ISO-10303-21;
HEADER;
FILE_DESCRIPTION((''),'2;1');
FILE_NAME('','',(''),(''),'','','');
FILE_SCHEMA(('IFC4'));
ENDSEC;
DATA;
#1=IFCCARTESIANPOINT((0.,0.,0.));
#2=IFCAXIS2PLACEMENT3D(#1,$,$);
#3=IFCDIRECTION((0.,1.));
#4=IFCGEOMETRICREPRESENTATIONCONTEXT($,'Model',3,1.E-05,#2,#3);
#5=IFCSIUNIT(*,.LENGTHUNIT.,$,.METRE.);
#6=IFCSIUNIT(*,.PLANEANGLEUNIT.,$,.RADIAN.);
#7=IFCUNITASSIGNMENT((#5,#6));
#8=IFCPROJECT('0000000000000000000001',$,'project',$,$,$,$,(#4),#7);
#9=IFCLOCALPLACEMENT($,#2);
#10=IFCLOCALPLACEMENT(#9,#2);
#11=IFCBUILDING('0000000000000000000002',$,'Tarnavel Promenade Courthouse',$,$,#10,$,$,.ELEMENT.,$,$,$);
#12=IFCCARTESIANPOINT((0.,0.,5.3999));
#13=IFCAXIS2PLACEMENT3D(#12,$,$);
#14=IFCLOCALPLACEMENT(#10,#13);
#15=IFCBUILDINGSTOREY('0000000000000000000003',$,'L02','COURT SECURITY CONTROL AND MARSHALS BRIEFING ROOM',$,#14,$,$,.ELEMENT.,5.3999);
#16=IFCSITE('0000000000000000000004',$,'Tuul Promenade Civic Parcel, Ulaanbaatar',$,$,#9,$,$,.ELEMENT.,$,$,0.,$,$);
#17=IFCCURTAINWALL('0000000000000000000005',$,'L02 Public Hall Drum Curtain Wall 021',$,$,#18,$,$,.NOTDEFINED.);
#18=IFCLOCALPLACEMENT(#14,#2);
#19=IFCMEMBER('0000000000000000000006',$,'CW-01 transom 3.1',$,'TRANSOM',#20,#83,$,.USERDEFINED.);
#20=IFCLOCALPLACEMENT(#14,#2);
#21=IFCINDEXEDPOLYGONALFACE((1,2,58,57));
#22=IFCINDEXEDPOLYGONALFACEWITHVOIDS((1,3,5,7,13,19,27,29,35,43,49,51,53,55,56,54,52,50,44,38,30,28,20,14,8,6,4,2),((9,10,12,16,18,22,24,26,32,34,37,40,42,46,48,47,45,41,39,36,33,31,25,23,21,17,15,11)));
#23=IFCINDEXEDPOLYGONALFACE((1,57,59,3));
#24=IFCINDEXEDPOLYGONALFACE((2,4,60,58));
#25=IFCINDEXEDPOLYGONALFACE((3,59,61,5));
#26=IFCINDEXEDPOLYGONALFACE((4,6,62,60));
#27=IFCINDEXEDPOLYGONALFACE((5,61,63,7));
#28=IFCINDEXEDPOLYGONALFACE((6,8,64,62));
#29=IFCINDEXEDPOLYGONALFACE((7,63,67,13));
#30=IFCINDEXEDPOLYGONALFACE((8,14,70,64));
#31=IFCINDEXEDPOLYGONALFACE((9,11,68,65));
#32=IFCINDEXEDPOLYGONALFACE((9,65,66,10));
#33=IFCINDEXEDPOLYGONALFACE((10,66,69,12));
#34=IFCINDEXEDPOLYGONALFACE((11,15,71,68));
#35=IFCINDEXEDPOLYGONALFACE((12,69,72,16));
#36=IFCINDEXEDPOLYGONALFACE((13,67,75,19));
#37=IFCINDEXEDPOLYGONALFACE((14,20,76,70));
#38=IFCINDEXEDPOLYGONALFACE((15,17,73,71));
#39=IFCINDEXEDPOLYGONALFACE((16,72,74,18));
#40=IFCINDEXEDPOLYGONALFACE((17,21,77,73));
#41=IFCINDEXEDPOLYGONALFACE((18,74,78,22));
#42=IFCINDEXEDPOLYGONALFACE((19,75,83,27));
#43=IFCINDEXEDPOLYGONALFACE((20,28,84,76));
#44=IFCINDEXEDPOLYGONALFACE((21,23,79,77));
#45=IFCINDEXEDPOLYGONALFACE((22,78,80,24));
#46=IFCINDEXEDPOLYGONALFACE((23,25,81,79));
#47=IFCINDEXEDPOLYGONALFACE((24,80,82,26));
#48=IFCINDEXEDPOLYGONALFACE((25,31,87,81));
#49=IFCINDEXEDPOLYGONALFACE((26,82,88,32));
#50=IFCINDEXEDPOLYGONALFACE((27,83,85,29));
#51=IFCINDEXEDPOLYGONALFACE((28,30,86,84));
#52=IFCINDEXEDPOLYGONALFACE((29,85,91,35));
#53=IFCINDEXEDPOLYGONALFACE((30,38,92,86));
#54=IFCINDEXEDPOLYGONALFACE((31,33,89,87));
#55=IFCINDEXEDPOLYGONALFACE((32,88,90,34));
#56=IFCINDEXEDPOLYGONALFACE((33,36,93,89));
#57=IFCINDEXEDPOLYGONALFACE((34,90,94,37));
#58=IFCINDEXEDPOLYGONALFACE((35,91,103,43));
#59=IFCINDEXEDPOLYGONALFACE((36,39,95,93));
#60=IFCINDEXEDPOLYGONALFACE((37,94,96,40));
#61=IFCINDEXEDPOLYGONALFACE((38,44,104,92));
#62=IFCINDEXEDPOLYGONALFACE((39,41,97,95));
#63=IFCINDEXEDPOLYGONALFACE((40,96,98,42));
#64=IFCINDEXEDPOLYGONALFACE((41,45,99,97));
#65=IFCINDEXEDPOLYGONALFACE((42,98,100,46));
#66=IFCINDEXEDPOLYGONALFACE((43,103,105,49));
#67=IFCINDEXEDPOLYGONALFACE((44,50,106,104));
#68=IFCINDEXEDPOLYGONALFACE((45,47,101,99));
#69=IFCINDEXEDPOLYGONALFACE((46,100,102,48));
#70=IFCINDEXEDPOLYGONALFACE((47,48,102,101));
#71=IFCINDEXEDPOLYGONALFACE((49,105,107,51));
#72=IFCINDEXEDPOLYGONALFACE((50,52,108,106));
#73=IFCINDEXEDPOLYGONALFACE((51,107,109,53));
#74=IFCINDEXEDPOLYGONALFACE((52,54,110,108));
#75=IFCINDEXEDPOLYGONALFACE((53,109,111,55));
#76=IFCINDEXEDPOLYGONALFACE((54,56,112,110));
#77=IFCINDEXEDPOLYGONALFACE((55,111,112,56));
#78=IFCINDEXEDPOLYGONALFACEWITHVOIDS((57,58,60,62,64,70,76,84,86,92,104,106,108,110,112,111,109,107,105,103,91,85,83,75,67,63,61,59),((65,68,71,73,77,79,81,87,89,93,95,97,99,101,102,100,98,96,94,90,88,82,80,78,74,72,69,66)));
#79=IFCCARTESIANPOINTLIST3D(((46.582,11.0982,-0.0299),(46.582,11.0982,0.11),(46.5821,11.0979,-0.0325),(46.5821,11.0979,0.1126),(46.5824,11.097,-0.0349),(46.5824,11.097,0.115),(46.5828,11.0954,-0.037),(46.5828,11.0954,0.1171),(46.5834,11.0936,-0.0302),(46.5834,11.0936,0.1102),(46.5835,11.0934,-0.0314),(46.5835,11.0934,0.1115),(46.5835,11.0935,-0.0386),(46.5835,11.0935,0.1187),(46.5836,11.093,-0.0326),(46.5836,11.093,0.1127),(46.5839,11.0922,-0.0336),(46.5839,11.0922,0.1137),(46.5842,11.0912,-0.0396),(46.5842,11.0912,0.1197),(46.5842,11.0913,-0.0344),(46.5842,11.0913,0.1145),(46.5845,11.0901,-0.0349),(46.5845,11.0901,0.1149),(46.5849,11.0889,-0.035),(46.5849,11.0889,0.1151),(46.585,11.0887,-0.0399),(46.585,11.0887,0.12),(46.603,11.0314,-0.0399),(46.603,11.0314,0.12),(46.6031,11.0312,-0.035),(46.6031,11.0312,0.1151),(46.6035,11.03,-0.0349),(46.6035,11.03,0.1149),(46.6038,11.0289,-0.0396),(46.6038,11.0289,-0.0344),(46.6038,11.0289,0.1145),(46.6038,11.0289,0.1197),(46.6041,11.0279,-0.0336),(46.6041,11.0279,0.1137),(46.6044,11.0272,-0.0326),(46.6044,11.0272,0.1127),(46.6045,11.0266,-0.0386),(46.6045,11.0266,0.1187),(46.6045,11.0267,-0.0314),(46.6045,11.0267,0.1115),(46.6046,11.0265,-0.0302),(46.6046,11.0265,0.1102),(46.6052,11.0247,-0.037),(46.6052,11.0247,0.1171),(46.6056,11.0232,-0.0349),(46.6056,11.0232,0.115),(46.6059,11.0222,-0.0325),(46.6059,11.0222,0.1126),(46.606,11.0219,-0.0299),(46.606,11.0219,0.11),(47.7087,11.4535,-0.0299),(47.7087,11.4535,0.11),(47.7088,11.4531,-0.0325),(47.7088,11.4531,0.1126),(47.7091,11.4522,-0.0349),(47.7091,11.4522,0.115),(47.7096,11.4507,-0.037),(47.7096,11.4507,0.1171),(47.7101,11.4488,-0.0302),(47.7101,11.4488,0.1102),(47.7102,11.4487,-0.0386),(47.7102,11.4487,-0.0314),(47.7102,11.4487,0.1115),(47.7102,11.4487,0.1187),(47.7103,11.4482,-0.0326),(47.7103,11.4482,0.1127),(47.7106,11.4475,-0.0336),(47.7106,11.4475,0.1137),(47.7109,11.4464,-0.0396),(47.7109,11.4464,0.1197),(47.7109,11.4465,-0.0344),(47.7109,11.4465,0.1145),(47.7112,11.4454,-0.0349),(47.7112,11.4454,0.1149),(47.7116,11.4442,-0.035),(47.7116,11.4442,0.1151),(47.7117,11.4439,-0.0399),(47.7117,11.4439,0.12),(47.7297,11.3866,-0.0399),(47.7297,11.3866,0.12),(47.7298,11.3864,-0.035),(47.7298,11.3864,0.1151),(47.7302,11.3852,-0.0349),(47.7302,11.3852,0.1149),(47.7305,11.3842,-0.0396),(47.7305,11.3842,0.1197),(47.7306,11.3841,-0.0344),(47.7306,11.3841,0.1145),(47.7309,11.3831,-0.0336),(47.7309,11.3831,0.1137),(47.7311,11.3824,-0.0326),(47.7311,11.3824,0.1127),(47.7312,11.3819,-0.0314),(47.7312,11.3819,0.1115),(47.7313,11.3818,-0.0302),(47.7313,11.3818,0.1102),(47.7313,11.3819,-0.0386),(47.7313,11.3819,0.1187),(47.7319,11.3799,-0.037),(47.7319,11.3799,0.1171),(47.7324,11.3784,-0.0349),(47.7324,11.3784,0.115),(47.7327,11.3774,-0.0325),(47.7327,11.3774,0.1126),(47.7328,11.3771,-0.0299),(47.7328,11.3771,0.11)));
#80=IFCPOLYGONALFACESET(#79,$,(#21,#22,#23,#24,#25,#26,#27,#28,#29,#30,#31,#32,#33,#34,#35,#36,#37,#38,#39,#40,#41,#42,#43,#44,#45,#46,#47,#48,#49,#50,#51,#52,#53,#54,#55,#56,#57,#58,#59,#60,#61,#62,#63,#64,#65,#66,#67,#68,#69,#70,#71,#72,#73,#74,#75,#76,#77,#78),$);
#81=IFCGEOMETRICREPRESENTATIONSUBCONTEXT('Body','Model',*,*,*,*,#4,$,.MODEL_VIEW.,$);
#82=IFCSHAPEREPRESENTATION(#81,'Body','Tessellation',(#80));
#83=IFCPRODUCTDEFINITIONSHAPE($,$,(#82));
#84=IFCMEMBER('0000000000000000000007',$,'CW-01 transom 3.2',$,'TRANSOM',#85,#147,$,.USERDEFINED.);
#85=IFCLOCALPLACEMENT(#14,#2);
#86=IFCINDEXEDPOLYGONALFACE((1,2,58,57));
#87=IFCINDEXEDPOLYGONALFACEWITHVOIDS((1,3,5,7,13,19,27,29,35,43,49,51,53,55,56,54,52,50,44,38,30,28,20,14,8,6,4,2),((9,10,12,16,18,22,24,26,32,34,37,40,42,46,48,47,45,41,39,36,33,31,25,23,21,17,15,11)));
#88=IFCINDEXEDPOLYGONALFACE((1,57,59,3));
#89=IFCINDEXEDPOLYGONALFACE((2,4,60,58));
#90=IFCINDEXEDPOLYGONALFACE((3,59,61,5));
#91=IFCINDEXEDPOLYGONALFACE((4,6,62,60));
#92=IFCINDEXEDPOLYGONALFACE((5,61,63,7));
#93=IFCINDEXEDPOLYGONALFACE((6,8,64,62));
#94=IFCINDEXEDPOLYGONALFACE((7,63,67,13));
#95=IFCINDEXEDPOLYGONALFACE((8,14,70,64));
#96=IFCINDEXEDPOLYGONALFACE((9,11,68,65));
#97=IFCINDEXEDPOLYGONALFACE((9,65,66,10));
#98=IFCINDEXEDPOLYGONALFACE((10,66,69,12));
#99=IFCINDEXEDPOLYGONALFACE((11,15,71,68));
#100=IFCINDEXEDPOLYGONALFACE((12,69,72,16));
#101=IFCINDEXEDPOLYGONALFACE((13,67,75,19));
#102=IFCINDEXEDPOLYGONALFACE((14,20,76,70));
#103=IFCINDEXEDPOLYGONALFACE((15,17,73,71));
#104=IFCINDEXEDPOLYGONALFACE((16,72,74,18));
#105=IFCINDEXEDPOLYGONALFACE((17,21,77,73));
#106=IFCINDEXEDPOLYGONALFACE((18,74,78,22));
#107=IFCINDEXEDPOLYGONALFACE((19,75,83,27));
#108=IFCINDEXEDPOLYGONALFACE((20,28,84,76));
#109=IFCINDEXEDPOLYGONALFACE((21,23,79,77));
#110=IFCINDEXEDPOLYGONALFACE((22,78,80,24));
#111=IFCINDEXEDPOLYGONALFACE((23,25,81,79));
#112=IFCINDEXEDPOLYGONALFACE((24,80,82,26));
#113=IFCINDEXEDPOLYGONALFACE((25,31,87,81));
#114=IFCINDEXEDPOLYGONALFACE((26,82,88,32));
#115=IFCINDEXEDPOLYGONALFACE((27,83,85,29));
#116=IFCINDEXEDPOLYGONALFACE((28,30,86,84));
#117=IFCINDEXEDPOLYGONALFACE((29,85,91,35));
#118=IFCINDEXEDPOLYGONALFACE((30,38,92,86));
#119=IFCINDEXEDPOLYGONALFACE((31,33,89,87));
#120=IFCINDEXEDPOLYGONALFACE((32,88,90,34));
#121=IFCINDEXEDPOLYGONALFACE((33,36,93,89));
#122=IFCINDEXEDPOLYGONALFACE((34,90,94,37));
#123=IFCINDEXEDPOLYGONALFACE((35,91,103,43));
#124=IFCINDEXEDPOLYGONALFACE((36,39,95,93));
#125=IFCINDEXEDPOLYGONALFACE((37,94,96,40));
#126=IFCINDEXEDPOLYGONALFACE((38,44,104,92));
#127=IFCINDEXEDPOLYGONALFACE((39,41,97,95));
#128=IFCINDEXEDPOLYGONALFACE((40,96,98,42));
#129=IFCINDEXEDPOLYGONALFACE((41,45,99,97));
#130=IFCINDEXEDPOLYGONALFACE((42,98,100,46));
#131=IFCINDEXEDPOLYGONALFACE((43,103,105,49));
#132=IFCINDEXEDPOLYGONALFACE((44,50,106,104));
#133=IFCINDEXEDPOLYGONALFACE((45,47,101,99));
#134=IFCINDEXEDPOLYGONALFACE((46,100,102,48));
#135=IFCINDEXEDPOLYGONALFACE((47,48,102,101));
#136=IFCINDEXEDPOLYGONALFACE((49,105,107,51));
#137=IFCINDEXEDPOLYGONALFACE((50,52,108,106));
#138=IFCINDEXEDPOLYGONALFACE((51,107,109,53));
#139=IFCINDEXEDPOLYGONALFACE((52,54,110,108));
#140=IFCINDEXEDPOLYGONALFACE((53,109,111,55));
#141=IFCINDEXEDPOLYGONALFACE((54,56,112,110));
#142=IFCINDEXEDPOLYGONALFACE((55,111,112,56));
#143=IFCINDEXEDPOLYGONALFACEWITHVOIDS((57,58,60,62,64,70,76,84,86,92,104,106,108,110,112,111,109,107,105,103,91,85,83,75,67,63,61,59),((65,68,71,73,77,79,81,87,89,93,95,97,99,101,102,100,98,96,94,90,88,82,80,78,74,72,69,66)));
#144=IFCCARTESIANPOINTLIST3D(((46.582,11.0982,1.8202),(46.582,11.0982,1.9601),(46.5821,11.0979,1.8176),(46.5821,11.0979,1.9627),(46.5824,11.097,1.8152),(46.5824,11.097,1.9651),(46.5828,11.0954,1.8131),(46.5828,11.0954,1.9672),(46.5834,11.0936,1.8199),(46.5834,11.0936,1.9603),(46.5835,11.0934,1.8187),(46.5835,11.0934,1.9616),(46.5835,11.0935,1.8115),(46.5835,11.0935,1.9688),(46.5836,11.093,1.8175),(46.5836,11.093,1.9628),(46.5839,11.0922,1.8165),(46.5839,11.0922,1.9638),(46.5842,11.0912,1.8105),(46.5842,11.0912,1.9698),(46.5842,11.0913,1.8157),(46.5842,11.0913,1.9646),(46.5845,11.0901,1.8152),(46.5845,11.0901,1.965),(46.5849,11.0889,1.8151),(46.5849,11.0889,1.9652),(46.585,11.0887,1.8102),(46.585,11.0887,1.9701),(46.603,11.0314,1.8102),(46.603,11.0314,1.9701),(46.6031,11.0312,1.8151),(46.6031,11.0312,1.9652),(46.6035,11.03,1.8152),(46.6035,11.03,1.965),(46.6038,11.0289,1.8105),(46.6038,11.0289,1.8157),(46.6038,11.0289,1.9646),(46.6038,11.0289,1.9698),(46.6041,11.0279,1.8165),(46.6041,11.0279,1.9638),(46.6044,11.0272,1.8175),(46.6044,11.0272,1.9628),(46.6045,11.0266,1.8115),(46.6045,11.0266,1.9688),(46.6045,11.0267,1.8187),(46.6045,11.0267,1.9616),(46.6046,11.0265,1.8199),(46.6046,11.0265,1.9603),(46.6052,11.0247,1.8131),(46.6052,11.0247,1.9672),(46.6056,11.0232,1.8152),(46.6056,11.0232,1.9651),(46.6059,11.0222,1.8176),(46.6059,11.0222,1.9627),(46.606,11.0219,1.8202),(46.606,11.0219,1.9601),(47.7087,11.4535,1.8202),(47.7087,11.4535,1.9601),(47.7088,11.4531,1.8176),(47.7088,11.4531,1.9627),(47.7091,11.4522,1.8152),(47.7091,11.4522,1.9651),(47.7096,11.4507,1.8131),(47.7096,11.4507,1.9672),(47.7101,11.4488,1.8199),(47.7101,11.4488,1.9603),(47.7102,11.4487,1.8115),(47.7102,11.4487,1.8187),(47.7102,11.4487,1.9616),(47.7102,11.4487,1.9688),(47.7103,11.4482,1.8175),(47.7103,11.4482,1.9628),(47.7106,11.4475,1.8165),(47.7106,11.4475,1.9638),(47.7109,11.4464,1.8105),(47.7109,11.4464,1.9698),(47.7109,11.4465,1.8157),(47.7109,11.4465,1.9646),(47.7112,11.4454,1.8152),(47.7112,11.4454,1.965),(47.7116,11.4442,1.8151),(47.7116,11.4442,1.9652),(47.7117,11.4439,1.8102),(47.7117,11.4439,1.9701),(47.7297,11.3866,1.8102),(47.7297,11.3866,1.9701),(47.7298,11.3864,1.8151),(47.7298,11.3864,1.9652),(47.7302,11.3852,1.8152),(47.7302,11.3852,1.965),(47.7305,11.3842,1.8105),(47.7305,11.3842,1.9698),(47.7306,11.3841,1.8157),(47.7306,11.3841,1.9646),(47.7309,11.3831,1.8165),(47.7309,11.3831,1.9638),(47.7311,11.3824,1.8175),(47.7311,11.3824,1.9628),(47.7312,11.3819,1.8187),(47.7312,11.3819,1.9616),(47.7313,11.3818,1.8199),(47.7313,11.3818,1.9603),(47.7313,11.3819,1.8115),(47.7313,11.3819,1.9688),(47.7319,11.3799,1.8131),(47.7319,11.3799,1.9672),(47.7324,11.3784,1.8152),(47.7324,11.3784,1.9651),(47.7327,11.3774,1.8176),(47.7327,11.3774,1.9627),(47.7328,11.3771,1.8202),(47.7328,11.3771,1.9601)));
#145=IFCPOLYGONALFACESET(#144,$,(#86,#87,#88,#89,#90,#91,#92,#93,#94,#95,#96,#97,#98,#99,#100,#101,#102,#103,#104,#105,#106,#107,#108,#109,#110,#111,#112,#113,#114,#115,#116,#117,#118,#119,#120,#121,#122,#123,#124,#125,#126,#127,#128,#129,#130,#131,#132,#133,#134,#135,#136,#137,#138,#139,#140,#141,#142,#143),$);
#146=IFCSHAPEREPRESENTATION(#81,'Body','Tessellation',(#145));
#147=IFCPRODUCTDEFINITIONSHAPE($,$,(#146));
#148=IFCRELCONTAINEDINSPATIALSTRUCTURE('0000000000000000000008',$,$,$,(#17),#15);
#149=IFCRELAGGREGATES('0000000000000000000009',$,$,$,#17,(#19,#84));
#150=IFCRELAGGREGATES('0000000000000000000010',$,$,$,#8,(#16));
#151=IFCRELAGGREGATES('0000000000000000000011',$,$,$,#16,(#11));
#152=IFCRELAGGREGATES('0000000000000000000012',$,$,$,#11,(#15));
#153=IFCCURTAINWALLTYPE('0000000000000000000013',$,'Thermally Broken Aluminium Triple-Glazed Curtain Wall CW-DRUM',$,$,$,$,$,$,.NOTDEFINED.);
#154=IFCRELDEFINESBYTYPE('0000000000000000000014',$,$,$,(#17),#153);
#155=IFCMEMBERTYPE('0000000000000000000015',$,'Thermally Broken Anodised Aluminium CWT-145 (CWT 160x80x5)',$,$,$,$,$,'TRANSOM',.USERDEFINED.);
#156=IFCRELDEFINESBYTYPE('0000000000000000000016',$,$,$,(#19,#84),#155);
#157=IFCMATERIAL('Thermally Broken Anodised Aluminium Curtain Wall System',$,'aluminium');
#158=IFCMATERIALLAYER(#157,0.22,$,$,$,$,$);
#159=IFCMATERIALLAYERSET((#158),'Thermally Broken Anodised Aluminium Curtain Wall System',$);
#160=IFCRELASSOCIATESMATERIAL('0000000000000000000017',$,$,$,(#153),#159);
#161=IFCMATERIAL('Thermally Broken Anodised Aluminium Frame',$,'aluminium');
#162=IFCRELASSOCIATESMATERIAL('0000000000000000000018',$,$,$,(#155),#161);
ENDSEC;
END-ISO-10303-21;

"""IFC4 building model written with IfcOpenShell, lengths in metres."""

from ifc_helpers import new_model, si_unit, direction, frame, origin, origin_2d, place, context, subcontext, project, spatial, hollow_rectangle, extrude, material, layer, layer_set, material_profile, profile_set, type_object, element, aggregate, save


model = new_model("IFC4")

# Units and contexts
model_context = context("Model", 3, precision=1e-05, world=origin(), true_north=direction((0.0, 1.0)))
body_context = subcontext(model_context, "Body", "Model", "MODEL_VIEW")
ifc_project = project(units=[si_unit("LENGTHUNIT", "METRE"), si_unit("PLANEANGLEUNIT", "RADIAN")], contexts=[model_context])

# Site, building, storey
site_placement = place(None, origin())
site = spatial("IfcSite", under=ifc_project, at=site_placement, Name="Tuul Promenade Civic Parcel, Ulaanbaatar", CompositionType="ELEMENT", RefElevation=0.0)
building_placement = place(site_placement, origin())
building = spatial("IfcBuilding", under=site, at=building_placement, Name="Tarnavel Promenade Courthouse", CompositionType="ELEMENT")
storey_placement = place(building_placement, frame((0.0, 0.0, 5.3999)))
storey = spatial("IfcBuildingStorey", under=building, at=storey_placement, Name="L02", Description="COURT SECURITY CONTROL AND MARSHALS BRIEFING ROOM", CompositionType="ELEMENT", Elevation=5.3999)

# Curtain wall
ifc_material_1 = material(Name="Thermally Broken Anodised Aluminium Curtain Wall System", Category="aluminium")
ifc_layer_1 = layer(ifc_material_1, 0.22)
ifc_layer_set_1 = layer_set([ifc_layer_1], Name="Thermally Broken Anodised Aluminium Curtain Wall System")
curtain_wall_type = type_object("IfcCurtainWallType", Name="Thermally Broken Aluminium Triple-Glazed Curtain Wall CW-DRUM", PredefinedType="NOTDEFINED", material=ifc_layer_set_1)
curtain_wall_1_placement = place(storey_placement, origin())
curtain_wall_1 = element("IfcCurtainWall", 1, at=curtain_wall_1_placement, inside=storey, type_object=curtain_wall_type, Name="L02 Public Hall Drum Curtain Wall 021", PredefinedType="NOTDEFINED")
ifc_material_2 = material(Name="Thermally Broken Anodised Aluminium Frame", Category="aluminium")

# Members
ifc_material_profile_1 = material_profile(ifc_material_2, hollow_rectangle(XDim=0.0801, YDim=0.1599, WallThickness=0.0049, InnerFilletRadius=0.0049, OuterFilletRadius=0.01, at=origin_2d()), Name="CWT 160x80x5")
ifc_profile_set_1 = profile_set([ifc_material_profile_1], Name="Thermally Broken Anodised Aluminium Frame")
member_type_1 = type_object("IfcMemberType", Name="Thermally Broken Anodised Aluminium CWT-145 (CWT 160x80x5)", ElementType="TRANSOM", PredefinedType="USERDEFINED", material=ifc_profile_set_1)
member_1_placement = place(storey_placement, frame((46.594, 11.0601, 0.04), z_axis=(0.953723, 0.300686, 0.0), x_axis=(-0.300686, 0.953723, 0.0)))
member_1 = element("IfcMember", 2, at=member_1_placement, type_object=member_type_1, Name="CW-01 transom 3.1", ObjectType="TRANSOM", PredefinedType="USERDEFINED", context=body_context, shape_type="SweptSolid", body=[
    extrude(hollow_rectangle(XDim=0.0801, YDim=0.1599, WallThickness=0.0049, InnerFilletRadius=0.0049, OuterFilletRadius=0.01, at=origin_2d()), origin(), (0.0, 0.0, 1.0), 1.1814),
])
member_2_placement = place(storey_placement, frame((46.594, 11.0601, 1.8901), z_axis=(0.953723, 0.300686, 0.0), x_axis=(-0.300686, 0.953723, 0.0)))
member_2 = element("IfcMember", 3, at=member_2_placement, type_object=member_type_1, Name="CW-01 transom 3.2", ObjectType="TRANSOM", PredefinedType="USERDEFINED", context=body_context, shape_type="SweptSolid", body=[
    extrude(hollow_rectangle(XDim=0.0801, YDim=0.1599, WallThickness=0.0049, InnerFilletRadius=0.0049, OuterFilletRadius=0.01, at=origin_2d()), origin(), (0.0, 0.0, 1.0), 1.1814),
])

aggregate(curtain_wall_1, [member_1, member_2])

save(model, "model.ifc")
